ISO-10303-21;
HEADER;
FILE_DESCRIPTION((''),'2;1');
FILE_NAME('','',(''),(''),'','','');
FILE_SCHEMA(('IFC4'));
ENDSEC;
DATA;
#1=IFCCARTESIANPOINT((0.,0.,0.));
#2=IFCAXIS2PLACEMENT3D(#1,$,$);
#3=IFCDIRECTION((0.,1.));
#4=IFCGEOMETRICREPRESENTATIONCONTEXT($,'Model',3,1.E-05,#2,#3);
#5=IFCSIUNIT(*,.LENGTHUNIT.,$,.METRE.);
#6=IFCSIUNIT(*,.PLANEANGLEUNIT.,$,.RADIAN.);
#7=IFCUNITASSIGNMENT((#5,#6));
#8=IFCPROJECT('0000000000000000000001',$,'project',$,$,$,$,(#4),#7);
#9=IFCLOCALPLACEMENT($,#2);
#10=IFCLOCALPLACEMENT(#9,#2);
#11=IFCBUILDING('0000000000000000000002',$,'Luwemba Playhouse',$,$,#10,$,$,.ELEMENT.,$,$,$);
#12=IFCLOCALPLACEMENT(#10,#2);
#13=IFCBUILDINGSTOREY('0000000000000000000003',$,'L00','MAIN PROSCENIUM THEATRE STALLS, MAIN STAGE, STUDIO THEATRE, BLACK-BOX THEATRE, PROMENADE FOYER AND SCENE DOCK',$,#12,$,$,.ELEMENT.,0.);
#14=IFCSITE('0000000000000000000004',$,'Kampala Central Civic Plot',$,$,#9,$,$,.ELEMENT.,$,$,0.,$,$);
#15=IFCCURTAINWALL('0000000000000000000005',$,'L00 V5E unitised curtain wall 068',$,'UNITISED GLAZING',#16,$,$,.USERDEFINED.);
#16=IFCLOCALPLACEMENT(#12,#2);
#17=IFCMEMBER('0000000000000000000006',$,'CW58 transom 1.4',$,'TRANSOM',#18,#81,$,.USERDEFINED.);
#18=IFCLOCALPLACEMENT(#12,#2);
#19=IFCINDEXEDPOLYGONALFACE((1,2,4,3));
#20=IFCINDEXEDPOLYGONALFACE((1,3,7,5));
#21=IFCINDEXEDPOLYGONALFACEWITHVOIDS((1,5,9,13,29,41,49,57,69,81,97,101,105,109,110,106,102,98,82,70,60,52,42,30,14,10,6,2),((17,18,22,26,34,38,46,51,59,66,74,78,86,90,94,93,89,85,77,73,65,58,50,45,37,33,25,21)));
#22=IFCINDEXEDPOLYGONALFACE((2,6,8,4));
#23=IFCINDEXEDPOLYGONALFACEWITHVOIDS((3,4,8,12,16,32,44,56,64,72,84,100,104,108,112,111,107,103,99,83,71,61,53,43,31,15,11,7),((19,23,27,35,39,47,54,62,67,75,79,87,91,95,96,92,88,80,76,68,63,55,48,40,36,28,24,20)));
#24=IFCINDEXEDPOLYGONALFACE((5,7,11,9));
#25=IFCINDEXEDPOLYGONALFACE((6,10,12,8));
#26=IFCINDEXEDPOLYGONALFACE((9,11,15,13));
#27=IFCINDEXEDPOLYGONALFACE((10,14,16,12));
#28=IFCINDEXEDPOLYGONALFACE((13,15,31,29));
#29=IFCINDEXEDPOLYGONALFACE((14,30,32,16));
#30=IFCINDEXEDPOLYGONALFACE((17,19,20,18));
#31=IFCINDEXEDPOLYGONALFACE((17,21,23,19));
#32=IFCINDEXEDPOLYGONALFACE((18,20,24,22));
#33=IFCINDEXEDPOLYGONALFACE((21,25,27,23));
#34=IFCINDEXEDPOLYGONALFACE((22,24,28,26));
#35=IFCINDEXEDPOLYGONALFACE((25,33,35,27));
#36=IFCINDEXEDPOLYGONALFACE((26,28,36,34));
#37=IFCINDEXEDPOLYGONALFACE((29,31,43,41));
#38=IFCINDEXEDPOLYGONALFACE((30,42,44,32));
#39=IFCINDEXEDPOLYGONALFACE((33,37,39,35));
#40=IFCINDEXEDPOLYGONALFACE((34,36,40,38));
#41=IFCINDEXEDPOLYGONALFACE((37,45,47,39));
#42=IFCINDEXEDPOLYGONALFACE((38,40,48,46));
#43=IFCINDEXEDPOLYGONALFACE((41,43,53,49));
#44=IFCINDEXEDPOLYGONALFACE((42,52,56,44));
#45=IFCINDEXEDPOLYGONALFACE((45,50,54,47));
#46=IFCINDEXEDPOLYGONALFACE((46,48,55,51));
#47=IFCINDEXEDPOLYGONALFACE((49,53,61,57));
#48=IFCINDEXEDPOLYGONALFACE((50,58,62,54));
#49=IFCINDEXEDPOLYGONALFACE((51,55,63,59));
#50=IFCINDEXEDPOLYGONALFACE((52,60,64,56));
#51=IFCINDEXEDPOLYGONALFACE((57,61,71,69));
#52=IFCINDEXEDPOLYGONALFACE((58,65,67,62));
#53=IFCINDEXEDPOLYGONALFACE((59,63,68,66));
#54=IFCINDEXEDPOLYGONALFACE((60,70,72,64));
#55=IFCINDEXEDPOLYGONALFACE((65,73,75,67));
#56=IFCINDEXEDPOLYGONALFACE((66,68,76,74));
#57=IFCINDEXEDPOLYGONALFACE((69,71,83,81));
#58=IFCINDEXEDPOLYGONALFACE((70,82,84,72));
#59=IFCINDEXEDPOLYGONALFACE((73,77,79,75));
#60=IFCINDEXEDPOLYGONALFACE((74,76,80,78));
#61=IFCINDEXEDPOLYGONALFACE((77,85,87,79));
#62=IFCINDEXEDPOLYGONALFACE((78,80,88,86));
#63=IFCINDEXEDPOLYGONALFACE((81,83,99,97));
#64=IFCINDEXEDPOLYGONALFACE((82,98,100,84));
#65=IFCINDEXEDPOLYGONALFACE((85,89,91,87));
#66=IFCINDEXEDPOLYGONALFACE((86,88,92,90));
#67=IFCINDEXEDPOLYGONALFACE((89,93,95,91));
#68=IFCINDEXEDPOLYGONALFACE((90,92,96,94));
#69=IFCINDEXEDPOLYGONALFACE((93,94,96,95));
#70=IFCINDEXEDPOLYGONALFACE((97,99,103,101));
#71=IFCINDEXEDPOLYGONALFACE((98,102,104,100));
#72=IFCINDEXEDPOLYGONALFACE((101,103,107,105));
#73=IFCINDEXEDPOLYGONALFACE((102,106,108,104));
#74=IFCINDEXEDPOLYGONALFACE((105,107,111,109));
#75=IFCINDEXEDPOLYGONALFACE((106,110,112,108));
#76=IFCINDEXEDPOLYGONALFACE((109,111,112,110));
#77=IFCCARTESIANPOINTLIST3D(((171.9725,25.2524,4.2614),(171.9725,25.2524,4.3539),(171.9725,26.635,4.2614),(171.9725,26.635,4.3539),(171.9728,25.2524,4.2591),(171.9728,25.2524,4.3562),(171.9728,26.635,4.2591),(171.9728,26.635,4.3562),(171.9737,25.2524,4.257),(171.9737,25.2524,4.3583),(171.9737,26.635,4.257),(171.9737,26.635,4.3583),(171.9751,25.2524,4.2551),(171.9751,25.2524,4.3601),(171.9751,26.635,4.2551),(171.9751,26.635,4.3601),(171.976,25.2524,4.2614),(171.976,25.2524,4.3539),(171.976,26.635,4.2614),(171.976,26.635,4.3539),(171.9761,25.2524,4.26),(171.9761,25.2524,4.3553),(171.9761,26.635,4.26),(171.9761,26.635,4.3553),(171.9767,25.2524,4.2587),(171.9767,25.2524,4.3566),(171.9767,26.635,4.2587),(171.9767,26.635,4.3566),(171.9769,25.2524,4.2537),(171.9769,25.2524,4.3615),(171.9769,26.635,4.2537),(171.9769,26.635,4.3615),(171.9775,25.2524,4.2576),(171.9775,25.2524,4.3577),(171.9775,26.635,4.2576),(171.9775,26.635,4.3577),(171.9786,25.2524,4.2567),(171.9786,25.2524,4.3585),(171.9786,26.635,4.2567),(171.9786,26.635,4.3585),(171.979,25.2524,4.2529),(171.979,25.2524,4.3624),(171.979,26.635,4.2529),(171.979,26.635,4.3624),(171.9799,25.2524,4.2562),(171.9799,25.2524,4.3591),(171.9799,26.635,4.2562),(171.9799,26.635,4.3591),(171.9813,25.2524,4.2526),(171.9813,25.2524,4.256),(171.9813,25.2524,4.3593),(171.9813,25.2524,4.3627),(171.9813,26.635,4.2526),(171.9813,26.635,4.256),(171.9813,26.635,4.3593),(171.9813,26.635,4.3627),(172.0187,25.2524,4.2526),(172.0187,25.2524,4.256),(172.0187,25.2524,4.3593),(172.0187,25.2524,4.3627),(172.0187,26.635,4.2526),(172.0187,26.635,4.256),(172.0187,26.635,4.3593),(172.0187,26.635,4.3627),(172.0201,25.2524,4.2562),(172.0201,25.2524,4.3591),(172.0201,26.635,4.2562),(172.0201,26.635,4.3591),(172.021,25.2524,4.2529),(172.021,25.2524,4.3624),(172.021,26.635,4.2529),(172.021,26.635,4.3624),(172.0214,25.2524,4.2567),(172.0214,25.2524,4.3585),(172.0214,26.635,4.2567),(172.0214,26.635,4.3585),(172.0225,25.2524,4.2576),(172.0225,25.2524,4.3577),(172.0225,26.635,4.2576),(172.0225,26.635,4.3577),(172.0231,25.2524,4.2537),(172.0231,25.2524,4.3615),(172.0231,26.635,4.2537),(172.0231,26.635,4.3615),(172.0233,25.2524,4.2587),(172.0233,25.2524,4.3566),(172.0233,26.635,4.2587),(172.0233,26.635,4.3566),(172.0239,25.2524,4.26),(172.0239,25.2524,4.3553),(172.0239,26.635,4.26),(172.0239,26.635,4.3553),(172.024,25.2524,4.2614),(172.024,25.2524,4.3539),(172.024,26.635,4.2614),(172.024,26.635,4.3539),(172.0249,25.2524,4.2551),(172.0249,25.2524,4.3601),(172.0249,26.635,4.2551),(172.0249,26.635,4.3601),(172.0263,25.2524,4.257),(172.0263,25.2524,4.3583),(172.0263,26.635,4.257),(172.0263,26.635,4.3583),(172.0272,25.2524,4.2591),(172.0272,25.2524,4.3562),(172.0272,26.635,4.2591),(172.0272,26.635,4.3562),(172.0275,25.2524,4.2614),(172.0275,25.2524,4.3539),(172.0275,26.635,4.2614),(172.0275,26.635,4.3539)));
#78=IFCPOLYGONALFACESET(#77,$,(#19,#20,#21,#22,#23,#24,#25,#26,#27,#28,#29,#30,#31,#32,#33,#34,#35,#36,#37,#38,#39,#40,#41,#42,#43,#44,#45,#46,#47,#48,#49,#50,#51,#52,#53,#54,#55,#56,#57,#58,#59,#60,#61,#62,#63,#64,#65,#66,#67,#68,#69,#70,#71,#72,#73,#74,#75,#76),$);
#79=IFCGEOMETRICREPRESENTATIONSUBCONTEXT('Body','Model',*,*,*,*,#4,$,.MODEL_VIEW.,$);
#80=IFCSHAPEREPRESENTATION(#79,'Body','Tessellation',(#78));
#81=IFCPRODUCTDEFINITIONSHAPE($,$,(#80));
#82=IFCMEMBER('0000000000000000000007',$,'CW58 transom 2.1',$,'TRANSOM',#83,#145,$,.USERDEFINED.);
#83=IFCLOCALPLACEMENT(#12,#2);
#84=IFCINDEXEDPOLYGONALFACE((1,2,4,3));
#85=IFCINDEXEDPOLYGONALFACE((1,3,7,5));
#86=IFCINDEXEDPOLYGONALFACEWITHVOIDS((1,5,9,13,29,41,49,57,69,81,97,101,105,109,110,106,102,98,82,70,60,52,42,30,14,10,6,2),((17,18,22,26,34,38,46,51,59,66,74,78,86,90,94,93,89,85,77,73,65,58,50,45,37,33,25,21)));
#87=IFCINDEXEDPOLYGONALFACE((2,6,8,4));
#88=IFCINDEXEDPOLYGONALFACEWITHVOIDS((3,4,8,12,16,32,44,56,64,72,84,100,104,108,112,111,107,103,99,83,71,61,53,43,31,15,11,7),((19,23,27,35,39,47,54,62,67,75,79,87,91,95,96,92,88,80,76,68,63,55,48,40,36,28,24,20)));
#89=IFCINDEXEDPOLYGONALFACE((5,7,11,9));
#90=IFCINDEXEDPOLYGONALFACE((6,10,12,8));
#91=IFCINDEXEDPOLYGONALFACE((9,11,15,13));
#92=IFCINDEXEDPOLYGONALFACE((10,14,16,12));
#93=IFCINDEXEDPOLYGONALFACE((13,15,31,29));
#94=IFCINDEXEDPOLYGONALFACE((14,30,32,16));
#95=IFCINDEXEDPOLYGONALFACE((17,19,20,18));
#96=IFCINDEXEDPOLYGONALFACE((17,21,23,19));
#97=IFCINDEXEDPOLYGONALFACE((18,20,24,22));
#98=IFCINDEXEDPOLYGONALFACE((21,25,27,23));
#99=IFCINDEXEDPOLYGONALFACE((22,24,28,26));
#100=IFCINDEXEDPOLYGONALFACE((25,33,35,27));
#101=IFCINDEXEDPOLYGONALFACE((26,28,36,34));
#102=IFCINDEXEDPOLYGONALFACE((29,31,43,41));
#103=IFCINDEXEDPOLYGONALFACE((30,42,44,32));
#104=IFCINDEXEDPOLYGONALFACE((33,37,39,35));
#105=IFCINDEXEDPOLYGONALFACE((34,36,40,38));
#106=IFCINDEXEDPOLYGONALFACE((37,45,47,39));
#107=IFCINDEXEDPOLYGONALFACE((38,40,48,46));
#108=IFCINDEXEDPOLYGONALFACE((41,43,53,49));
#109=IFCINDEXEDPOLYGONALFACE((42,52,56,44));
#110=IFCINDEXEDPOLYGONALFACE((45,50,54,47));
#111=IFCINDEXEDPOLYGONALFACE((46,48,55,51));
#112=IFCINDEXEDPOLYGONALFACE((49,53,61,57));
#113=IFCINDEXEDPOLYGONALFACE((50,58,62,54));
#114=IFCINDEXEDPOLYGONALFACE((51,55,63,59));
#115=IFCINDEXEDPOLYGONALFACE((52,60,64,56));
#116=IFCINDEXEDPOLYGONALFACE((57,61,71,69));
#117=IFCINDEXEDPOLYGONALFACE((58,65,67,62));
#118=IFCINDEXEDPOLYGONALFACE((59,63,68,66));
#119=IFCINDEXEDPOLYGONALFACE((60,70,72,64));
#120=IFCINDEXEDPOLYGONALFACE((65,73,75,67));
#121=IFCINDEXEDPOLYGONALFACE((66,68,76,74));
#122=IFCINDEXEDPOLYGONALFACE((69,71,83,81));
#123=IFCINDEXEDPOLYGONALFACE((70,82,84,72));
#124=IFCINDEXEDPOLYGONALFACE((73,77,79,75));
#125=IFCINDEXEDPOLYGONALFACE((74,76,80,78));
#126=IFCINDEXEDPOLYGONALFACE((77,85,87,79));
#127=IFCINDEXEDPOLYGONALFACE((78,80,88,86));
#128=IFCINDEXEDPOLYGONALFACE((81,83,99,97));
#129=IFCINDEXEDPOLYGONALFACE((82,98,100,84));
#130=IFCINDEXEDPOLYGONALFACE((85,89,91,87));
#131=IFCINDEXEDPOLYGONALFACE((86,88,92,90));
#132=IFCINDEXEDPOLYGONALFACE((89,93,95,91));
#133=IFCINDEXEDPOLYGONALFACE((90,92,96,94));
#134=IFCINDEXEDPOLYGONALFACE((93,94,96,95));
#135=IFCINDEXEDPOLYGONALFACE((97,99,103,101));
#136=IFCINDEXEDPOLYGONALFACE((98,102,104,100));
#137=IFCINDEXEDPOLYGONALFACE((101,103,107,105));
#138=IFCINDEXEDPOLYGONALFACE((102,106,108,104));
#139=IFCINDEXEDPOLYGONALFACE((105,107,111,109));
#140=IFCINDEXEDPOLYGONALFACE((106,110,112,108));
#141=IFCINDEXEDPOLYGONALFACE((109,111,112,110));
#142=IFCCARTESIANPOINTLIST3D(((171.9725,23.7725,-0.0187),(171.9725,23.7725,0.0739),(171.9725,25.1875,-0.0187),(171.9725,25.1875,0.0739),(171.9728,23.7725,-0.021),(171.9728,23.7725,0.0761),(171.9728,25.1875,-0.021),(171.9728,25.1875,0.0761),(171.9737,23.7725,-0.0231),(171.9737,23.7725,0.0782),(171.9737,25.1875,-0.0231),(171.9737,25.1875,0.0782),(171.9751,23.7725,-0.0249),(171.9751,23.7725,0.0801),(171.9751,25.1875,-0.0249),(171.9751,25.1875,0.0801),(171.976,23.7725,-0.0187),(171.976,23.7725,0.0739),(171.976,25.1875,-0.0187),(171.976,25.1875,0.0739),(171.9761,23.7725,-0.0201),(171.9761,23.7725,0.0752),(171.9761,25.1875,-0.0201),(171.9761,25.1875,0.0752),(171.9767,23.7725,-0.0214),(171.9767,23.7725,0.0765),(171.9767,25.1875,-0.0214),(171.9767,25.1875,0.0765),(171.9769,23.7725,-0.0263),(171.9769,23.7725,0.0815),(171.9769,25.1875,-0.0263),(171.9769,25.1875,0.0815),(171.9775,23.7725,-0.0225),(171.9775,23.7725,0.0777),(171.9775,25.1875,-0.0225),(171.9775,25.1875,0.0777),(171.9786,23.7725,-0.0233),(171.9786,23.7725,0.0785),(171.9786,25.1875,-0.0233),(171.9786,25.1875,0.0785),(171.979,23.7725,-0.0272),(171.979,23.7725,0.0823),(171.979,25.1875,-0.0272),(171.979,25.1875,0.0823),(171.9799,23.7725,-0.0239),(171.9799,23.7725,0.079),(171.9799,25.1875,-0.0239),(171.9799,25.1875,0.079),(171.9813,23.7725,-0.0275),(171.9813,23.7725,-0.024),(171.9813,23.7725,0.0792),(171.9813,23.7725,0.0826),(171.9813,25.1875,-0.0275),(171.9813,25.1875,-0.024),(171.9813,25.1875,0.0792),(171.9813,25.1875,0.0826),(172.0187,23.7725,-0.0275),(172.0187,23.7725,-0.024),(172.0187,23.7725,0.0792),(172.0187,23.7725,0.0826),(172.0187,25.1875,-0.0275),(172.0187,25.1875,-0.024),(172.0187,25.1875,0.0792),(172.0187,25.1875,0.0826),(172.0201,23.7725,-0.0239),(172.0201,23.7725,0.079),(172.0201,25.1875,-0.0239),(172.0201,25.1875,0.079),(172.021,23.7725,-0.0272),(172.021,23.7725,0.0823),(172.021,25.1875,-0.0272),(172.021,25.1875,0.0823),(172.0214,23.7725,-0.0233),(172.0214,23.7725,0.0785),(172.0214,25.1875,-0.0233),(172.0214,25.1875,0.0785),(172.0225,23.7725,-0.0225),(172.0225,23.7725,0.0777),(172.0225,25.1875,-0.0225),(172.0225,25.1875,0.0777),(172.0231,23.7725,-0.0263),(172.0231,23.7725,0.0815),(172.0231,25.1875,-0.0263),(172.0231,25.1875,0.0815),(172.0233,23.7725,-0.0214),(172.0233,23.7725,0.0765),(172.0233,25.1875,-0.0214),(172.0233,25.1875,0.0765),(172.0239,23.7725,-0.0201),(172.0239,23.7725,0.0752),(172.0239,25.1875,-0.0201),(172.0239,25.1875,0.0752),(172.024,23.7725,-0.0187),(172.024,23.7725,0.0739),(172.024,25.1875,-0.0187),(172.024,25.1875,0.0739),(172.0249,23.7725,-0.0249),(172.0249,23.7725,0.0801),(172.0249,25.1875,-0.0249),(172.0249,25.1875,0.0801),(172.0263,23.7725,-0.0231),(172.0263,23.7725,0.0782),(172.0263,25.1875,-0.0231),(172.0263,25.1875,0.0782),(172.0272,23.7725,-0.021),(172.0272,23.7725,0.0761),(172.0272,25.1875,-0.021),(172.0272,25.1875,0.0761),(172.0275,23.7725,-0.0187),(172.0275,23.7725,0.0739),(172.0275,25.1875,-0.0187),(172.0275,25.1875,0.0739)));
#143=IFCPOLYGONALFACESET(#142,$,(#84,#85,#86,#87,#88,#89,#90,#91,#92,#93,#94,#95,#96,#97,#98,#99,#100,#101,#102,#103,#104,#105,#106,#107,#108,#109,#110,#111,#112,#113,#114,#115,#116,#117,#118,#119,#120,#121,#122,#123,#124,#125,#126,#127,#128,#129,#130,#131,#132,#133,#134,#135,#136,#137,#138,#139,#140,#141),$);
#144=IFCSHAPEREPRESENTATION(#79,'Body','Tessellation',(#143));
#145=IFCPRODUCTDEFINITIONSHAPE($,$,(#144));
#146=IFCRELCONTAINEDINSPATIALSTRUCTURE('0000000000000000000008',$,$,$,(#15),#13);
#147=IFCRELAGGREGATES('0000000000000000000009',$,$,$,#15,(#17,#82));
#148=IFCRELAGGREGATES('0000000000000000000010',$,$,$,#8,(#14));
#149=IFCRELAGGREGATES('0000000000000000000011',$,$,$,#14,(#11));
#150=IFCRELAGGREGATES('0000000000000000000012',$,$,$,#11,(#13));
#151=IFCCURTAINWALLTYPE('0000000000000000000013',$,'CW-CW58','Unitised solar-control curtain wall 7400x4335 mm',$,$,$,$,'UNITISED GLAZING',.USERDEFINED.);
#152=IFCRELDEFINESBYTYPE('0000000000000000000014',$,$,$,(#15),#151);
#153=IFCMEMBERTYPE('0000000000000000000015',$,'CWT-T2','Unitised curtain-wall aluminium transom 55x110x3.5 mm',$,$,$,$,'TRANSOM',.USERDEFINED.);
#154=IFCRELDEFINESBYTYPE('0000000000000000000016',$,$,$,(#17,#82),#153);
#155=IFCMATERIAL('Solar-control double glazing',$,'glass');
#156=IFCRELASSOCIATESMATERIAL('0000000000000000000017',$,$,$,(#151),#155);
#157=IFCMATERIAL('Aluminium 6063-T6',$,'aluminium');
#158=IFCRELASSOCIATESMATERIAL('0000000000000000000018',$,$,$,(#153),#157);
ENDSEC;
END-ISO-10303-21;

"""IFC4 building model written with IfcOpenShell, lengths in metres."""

from ifc_helpers import new_model, si_unit, direction, frame, origin, origin_2d, place, context, subcontext, project, spatial, hollow_rectangle, extrude, material, material_profile, profile_set, type_object, element, aggregate, save


model = new_model("IFC4")

# Units and contexts
model_context = context("Model", 3, precision=1e-05, world=origin(), true_north=direction((0.0, 1.0)))
body_context = subcontext(model_context, "Body", "Model", "MODEL_VIEW")
ifc_project = project(units=[si_unit("LENGTHUNIT", "METRE"), si_unit("PLANEANGLEUNIT", "RADIAN")], contexts=[model_context])

# Site, building, storey
site_placement = place(None, origin())
site = spatial("IfcSite", under=ifc_project, at=site_placement, Name="Kampala Central Civic Plot", CompositionType="ELEMENT", RefElevation=0.0)
building_placement = place(site_placement, origin())
building = spatial("IfcBuilding", under=site, at=building_placement, Name="Luwemba Playhouse", CompositionType="ELEMENT")
storey_placement = place(building_placement, origin())
storey = spatial("IfcBuildingStorey", under=building, at=storey_placement, Name="L00", Description="MAIN PROSCENIUM THEATRE STALLS, MAIN STAGE, STUDIO THEATRE, BLACK-BOX THEATRE, PROMENADE FOYER AND SCENE DOCK", CompositionType="ELEMENT", Elevation=0.0)

# Shared definitions
ifc_material_1 = material(Name="Solar-control double glazing", Category="glass")
ifc_material_2 = material(Name="Aluminium 6063-T6", Category="aluminium")

# Curtain wall, members
curtain_wall_type_1 = type_object("IfcCurtainWallType", Name="CW-CW58", Description="Unitised solar-control curtain wall 7400x4335 mm", ElementType="UNITISED GLAZING", PredefinedType="USERDEFINED", material=ifc_material_1)
curtain_wall_1_placement = place(storey_placement, origin())
curtain_wall_1 = element("IfcCurtainWall", 1, at=curtain_wall_1_placement, inside=storey, type_object=curtain_wall_type_1, Name="L00 V5E unitised curtain wall 068", ObjectType="UNITISED GLAZING", PredefinedType="USERDEFINED")
ifc_material_profile_1 = material_profile(ifc_material_2, hollow_rectangle(XDim=0.0549, YDim=0.1101, WallThickness=0.0034, InnerFilletRadius=0.0054, OuterFilletRadius=0.0088, at=origin_2d()))
ifc_profile_set_1 = profile_set([ifc_material_profile_1], Name="Aluminium 6063-T6")
member_type_1 = type_object("IfcMemberType", Name="CWT-T2", Description="Unitised curtain-wall aluminium transom 55x110x3.5 mm", ElementType="TRANSOM", PredefinedType="USERDEFINED", material=ifc_profile_set_1)
member_1_placement = place(storey_placement, frame((172.0, 26.635, 4.3076), z_axis=(0.0, -1.0, 0.0), x_axis=(1.0, 0.0, 0.0)))
member_1 = element("IfcMember", 2, at=member_1_placement, type_object=member_type_1, Name="CW58 transom 1.4", ObjectType="TRANSOM", PredefinedType="USERDEFINED", context=body_context, shape_type="SweptSolid", body=[
    extrude(hollow_rectangle(XDim=0.0549, YDim=0.1101, WallThickness=0.0034, InnerFilletRadius=0.0054, OuterFilletRadius=0.0088, at=origin_2d()), origin(), (0.0, 0.0, 1.0), 1.3826),
])
member_2_placement = place(storey_placement, frame((172.0, 25.1875, 0.0276), z_axis=(0.0, -1.0, 0.0), x_axis=(1.0, 0.0, 0.0)))
member_2 = element("IfcMember", 3, at=member_2_placement, type_object=member_type_1, Name="CW58 transom 2.1", ObjectType="TRANSOM", PredefinedType="USERDEFINED", context=body_context, shape_type="SweptSolid", body=[
    extrude(hollow_rectangle(XDim=0.0549, YDim=0.1101, WallThickness=0.0034, InnerFilletRadius=0.0054, OuterFilletRadius=0.0088, at=origin_2d()), origin(), (0.0, 0.0, 1.0), 1.415),
])

aggregate(curtain_wall_1, [member_1, member_2])

save(model, "model.ifc")
